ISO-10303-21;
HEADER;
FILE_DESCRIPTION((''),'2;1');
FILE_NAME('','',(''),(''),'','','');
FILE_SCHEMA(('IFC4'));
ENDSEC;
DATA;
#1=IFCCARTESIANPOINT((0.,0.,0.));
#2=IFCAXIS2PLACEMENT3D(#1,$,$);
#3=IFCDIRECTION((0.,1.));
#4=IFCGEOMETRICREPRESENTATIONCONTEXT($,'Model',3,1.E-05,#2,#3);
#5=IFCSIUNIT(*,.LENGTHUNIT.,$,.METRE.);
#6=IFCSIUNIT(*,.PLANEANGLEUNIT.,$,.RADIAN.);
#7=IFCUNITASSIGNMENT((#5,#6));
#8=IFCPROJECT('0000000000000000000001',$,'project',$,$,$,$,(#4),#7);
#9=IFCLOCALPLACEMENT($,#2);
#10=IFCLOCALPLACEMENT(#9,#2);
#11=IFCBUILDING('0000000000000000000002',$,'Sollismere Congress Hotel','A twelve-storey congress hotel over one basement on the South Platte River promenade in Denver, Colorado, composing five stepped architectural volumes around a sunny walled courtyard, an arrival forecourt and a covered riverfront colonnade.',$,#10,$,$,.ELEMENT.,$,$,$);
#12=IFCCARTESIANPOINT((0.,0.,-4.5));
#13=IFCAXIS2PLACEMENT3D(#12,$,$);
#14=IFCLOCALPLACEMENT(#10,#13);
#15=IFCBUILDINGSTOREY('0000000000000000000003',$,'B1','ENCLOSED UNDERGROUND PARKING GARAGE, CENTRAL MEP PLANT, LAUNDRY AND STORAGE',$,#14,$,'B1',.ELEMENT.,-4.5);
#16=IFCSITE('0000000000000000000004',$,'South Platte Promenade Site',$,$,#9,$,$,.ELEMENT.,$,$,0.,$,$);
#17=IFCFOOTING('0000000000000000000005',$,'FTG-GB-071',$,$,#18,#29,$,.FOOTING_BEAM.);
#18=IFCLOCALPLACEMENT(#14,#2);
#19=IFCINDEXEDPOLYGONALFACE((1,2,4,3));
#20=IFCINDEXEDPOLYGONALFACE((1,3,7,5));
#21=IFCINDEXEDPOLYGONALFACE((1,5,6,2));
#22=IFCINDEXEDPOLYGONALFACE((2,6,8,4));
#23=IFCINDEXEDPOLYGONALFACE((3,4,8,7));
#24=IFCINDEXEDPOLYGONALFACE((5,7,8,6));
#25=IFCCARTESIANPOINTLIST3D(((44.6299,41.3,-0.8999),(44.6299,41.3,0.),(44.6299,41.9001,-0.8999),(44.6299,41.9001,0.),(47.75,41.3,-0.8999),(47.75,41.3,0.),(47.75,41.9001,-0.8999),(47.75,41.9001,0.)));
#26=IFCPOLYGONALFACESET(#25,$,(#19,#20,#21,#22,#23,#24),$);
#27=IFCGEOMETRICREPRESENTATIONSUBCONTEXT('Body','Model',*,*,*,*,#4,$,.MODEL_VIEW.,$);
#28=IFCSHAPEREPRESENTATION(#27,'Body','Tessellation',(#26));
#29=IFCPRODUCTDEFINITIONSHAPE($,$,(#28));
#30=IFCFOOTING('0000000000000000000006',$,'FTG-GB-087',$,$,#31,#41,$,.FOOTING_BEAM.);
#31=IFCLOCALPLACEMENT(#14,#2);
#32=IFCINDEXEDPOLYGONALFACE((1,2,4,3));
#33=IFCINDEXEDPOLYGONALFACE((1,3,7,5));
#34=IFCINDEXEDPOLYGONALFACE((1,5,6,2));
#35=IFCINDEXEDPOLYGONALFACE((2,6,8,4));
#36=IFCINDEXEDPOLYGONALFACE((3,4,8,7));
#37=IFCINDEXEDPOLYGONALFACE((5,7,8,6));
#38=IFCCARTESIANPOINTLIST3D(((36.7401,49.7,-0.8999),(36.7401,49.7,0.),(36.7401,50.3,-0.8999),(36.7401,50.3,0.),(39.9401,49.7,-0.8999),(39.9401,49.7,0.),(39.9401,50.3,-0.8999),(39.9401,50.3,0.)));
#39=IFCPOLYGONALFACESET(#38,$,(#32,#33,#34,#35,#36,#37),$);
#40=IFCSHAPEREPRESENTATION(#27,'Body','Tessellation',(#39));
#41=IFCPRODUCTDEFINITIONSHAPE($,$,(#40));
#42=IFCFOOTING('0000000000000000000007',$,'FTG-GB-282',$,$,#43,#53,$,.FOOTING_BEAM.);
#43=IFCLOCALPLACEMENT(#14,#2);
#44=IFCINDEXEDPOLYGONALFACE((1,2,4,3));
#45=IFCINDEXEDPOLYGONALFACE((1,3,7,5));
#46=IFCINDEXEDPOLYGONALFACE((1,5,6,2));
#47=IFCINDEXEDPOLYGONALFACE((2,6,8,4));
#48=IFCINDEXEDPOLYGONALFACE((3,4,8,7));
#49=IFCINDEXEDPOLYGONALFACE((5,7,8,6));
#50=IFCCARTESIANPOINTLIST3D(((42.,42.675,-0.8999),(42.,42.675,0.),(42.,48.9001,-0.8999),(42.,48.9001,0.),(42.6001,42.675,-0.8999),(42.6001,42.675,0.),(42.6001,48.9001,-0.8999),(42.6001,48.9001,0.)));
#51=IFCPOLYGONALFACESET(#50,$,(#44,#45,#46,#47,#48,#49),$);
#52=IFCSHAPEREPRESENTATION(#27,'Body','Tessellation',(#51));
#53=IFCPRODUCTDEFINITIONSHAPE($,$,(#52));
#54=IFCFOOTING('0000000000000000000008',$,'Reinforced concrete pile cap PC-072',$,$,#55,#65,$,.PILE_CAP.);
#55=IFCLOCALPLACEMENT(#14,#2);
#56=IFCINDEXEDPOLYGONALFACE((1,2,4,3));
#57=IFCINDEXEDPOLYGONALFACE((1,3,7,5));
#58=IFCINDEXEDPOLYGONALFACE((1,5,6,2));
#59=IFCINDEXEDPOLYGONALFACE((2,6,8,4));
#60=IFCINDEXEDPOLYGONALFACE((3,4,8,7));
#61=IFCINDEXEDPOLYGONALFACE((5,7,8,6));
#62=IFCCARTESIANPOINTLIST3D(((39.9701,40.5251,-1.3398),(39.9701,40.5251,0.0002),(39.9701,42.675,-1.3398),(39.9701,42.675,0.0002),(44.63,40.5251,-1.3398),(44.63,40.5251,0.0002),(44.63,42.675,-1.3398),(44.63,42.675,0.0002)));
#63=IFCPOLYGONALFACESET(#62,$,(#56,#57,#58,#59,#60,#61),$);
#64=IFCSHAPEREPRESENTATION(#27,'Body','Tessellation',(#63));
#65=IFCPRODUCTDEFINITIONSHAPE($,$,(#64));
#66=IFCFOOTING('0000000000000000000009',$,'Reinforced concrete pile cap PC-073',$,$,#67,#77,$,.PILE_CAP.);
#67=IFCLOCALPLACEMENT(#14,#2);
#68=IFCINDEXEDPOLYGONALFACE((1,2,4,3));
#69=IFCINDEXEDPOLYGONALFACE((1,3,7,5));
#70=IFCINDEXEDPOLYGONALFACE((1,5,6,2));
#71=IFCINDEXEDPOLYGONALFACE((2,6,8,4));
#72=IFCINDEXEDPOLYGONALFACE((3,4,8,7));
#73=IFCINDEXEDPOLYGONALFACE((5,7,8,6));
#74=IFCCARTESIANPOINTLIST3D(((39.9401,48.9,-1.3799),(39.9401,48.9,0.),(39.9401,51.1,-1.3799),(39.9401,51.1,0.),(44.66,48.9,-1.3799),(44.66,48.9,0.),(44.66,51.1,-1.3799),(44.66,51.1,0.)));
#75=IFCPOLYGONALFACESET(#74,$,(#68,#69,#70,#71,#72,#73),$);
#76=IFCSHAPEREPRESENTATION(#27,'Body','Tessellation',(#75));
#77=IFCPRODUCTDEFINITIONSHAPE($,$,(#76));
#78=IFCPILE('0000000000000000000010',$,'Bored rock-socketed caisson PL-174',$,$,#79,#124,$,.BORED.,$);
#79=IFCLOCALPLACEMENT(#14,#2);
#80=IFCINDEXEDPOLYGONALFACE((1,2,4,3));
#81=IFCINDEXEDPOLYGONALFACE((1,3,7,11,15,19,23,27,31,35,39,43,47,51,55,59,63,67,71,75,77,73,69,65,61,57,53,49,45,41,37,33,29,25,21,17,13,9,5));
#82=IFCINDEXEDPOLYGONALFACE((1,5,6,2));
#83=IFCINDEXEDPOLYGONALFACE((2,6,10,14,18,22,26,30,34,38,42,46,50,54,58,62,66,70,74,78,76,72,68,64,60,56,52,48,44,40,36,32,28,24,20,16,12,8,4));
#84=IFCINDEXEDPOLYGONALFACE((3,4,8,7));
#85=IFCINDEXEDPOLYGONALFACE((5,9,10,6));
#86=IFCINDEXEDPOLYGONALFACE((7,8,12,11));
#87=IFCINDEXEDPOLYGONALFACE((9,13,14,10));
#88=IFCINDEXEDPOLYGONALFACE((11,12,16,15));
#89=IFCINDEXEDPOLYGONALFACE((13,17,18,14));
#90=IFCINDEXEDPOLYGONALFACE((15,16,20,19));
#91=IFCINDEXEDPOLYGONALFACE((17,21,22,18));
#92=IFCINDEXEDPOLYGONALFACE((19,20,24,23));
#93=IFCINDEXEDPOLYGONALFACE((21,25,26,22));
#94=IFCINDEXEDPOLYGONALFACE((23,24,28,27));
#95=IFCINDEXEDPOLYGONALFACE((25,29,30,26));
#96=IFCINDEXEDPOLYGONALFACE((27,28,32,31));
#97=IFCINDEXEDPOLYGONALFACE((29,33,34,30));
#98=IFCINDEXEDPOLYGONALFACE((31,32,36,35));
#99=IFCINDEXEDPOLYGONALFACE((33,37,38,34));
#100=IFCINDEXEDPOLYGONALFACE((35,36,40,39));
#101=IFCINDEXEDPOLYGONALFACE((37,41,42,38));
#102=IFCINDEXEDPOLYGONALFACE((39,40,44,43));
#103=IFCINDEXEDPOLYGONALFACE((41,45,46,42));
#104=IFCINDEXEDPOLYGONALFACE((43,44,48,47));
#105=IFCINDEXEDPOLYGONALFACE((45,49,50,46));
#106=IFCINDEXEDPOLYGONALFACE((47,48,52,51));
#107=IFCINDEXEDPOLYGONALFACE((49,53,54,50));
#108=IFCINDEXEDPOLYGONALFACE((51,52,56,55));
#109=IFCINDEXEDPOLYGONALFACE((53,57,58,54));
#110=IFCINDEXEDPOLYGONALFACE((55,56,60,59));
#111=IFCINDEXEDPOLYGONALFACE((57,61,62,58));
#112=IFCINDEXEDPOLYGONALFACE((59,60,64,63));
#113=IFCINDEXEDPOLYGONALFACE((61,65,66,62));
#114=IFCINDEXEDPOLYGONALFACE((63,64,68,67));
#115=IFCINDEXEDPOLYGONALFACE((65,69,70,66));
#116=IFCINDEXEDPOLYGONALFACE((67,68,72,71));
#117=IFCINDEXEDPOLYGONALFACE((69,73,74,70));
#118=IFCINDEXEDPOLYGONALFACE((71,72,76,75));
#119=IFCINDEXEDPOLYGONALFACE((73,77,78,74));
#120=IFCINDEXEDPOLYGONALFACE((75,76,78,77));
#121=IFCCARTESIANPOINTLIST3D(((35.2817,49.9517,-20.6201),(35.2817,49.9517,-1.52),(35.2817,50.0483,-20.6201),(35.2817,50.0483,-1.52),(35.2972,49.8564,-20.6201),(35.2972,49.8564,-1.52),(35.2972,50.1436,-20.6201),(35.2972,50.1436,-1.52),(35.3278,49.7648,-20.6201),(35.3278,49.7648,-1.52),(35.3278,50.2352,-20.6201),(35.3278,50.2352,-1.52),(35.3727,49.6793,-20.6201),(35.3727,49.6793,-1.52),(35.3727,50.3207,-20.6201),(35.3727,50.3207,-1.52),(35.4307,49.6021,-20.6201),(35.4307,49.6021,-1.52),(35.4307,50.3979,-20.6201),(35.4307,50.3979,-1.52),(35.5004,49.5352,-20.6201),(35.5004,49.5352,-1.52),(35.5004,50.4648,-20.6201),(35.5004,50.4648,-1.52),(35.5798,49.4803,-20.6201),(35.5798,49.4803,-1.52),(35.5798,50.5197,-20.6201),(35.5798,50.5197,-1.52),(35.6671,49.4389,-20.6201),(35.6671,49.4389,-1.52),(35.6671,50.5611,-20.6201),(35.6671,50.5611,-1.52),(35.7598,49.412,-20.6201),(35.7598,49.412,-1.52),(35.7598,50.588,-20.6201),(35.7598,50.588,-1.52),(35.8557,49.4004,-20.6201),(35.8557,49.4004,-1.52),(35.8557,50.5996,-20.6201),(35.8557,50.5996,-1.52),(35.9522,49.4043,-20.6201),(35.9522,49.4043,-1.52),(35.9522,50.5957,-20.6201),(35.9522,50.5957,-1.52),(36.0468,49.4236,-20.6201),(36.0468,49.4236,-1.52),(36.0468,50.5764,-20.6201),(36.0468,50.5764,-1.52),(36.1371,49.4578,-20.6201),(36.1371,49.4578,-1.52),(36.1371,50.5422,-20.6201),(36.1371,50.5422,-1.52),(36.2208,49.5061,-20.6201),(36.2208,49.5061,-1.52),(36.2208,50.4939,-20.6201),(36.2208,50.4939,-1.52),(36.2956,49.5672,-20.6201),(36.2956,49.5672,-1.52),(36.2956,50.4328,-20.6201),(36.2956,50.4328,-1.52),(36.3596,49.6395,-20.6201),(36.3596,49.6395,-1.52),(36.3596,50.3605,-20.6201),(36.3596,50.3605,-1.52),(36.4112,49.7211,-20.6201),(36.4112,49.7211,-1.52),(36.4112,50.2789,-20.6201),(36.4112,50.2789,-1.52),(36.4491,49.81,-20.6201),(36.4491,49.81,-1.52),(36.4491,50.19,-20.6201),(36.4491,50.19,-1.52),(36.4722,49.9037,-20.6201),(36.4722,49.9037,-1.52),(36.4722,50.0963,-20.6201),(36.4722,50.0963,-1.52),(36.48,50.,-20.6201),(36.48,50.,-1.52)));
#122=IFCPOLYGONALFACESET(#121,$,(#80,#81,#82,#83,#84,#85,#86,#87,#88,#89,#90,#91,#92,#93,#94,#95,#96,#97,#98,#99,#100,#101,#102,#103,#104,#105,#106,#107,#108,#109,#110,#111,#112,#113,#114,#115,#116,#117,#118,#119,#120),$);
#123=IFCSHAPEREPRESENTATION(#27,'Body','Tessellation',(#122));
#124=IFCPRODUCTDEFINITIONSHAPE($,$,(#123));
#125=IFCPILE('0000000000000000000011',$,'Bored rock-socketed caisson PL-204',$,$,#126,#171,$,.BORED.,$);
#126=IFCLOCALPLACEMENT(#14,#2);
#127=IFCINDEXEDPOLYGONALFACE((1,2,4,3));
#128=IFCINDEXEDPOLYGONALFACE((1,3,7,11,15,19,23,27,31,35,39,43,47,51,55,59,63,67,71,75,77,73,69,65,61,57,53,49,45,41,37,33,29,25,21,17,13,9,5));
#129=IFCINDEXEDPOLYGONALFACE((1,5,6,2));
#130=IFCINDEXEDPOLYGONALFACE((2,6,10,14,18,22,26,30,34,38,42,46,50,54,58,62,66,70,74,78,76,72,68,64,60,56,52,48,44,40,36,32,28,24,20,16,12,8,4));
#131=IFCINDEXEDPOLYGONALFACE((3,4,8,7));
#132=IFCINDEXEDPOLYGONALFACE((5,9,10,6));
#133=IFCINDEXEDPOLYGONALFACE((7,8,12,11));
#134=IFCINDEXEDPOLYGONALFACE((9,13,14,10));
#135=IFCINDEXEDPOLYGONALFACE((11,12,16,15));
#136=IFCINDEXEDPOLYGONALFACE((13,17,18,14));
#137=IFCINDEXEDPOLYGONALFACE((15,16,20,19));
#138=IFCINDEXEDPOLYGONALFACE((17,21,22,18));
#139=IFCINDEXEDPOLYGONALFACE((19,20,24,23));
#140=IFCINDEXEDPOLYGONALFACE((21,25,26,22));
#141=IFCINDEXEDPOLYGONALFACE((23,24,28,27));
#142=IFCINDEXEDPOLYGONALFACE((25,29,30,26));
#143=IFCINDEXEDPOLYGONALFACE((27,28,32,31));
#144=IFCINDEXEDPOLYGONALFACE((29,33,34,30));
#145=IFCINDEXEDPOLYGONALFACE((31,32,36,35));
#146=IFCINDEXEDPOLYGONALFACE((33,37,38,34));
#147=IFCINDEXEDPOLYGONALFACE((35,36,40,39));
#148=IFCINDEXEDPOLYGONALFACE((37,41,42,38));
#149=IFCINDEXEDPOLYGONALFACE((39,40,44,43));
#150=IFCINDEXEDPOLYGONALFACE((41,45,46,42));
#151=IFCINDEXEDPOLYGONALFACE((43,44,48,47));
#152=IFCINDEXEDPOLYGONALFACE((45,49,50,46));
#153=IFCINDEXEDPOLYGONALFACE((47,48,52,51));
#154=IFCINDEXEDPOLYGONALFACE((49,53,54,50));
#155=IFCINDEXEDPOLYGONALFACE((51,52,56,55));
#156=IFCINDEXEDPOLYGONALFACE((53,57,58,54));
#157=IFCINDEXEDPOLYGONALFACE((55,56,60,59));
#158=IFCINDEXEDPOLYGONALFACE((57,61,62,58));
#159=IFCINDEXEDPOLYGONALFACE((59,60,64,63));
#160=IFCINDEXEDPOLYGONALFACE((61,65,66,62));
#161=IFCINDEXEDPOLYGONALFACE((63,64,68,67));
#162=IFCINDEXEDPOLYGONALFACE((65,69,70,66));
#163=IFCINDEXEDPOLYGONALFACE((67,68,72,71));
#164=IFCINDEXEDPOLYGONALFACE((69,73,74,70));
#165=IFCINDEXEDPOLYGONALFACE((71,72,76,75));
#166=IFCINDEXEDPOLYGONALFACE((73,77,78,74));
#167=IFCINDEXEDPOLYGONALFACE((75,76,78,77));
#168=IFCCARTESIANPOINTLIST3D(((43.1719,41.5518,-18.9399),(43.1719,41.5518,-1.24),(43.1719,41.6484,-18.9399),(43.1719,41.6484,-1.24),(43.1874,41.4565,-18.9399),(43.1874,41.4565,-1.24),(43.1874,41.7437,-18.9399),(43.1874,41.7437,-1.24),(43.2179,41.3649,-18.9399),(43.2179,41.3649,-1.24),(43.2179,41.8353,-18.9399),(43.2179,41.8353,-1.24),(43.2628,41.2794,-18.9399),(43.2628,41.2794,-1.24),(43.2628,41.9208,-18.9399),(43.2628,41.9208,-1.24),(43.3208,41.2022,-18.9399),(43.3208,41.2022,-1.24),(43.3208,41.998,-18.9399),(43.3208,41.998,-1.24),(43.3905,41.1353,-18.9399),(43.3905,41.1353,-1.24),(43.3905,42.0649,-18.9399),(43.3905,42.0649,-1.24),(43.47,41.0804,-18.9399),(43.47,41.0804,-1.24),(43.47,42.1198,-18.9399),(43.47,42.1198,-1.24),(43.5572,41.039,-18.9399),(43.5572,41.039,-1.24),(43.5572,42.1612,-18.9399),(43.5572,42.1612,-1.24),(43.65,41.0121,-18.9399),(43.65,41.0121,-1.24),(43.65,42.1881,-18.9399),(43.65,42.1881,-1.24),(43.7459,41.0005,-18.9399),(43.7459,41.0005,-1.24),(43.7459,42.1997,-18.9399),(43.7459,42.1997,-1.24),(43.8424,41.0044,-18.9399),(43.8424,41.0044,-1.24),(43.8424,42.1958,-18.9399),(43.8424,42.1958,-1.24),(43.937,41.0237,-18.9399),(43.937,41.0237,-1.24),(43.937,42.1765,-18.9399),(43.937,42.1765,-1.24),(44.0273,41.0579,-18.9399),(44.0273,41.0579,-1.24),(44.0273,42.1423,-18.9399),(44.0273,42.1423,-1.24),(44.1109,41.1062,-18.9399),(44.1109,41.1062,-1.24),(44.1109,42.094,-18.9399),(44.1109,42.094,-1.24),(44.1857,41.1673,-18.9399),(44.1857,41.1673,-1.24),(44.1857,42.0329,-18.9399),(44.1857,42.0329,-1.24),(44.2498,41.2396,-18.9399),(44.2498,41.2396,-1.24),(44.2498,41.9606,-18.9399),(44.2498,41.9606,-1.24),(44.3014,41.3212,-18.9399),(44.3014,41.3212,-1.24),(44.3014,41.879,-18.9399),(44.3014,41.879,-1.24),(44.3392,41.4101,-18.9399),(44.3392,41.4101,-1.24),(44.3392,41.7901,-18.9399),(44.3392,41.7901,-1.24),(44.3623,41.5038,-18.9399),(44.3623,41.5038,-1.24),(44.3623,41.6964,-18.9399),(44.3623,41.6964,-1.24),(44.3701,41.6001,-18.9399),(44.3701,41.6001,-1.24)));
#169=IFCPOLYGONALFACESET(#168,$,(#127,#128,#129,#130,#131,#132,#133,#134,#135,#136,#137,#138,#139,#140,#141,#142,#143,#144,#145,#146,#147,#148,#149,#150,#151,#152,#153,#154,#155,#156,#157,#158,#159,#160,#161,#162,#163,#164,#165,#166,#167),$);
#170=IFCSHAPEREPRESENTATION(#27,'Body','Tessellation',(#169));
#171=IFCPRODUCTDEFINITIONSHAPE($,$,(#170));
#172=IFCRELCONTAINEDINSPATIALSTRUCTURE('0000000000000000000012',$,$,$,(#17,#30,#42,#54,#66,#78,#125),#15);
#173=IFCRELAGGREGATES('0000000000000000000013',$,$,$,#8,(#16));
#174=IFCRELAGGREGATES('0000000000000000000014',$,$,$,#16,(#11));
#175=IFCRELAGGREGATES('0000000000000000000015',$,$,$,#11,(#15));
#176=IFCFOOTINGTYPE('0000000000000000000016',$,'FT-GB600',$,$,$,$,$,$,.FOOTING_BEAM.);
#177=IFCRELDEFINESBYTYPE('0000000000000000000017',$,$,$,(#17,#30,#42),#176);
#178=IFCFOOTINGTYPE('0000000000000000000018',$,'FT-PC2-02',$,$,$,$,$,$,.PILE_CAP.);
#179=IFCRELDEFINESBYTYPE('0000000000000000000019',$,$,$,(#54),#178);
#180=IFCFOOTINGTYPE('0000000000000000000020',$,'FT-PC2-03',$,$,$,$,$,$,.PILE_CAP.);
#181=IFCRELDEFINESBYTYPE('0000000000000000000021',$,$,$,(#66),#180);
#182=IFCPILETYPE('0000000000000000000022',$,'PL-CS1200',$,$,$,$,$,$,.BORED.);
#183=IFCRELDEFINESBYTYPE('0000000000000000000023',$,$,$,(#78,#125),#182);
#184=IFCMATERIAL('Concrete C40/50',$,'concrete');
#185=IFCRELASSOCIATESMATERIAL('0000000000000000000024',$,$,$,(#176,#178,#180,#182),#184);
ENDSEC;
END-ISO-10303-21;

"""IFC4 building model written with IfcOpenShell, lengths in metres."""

from ifc_helpers import new_model, si_unit, direction, frame, origin, origin_2d, place, context, subcontext, project, spatial, rectangle, circle, extrude, material, material_profile, profile_set, type_object, element, save


model = new_model("IFC4")

# Units and contexts
model_context = context("Model", 3, precision=1e-05, world=origin(), true_north=direction((0.0, 1.0)))
body_context = subcontext(model_context, "Body", "Model", "MODEL_VIEW")
ifc_project = project(units=[si_unit("LENGTHUNIT", "METRE"), si_unit("PLANEANGLEUNIT", "RADIAN")], contexts=[model_context])

# Site, building, storey
site_placement = place(None, origin())
site = spatial("IfcSite", under=ifc_project, at=site_placement, Name="South Platte Promenade Site", CompositionType="ELEMENT", RefElevation=0.0)
building_placement = place(site_placement, origin())
building = spatial("IfcBuilding", under=site, at=building_placement, Name="Sollismere Congress Hotel", Description="A twelve-storey congress hotel over one basement on the South Platte River promenade in Denver, Colorado, composing five stepped architectural volumes around a sunny walled courtyard, an arrival forecourt and a covered riverfront colonnade.", CompositionType="ELEMENT")
storey_placement = place(building_placement, frame((0.0, 0.0, -4.5)))
storey = spatial("IfcBuildingStorey", under=building, at=storey_placement, Name="B1", Description="ENCLOSED UNDERGROUND PARKING GARAGE, CENTRAL MEP PLANT, LAUNDRY AND STORAGE", LongName="B1", CompositionType="ELEMENT", Elevation=-4.5)

# Footings
ifc_material_1 = material(Name="Concrete C40/50", Category="concrete")
footing_type_1 = type_object("IfcFootingType", Name="FT-GB600", PredefinedType="FOOTING_BEAM", material=ifc_material_1)
footing_1_placement = place(storey_placement, frame((46.1899, 41.6001, -0.8999), z_axis=(0.0, 0.0, 1.0), x_axis=(1.0, 0.0, 0.0)))
element("IfcFooting", 1, at=footing_1_placement, inside=storey, type_object=footing_type_1, Name="FTG-GB-071", PredefinedType="FOOTING_BEAM", context=body_context, shape_type="SweptSolid", body=[
    extrude(rectangle(XDim=3.1201, YDim=0.6001, at=origin_2d()), origin(), (0.0, 0.0, 1.0), 0.8999),
])
footing_2_placement = place(storey_placement, frame((38.3401, 50.0, -0.8999), z_axis=(0.0, 0.0, 1.0), x_axis=(1.0, 0.0, 0.0)))
element("IfcFooting", 2, at=footing_2_placement, inside=storey, type_object=footing_type_1, Name="FTG-GB-087", PredefinedType="FOOTING_BEAM", context=body_context, shape_type="SweptSolid", body=[
    extrude(rectangle(XDim=3.2, YDim=0.6001, at=origin_2d()), origin(), (0.0, 0.0, 1.0), 0.8999),
])
footing_3_placement = place(storey_placement, frame((42.3, 45.7876, -0.8999), z_axis=(0.0, 0.0, 1.0), x_axis=(0.0, 1.0, 0.0)))
element("IfcFooting", 3, at=footing_3_placement, inside=storey, type_object=footing_type_1, Name="FTG-GB-282", PredefinedType="FOOTING_BEAM", context=body_context, shape_type="SweptSolid", body=[
    extrude(rectangle(XDim=6.2251, YDim=0.6001, at=origin_2d()), origin(), (0.0, 0.0, 1.0), 0.8999),
])
footing_type_2 = type_object("IfcFootingType", Name="FT-PC2-02", PredefinedType="PILE_CAP", material=ifc_material_1)
footing_4_placement = place(storey_placement, frame((42.3, 41.6001, -1.3398), z_axis=(0.0, 0.0, 1.0), x_axis=(1.0, 0.0, 0.0)))
element("IfcFooting", 4, at=footing_4_placement, inside=storey, type_object=footing_type_2, Name="Reinforced concrete pile cap PC-072", PredefinedType="PILE_CAP", context=body_context, shape_type="SweptSolid", body=[
    extrude(rectangle(XDim=4.6599, YDim=2.1499, at=origin_2d()), origin(), (0.0, 0.0, 1.0), 1.3401),
])
footing_type_3 = type_object("IfcFootingType", Name="FT-PC2-03", PredefinedType="PILE_CAP", material=ifc_material_1)
footing_5_placement = place(storey_placement, frame((42.3, 50.0, -1.3799), z_axis=(0.0, 0.0, 1.0), x_axis=(1.0, 0.0, 0.0)))
element("IfcFooting", 5, at=footing_5_placement, inside=storey, type_object=footing_type_3, Name="Reinforced concrete pile cap PC-073", PredefinedType="PILE_CAP", context=body_context, shape_type="SweptSolid", body=[
    extrude(rectangle(XDim=4.72, YDim=2.2, at=origin_2d()), origin(), (0.0, 0.0, 1.0), 1.3799),
])

# Piles
ifc_material_profile_1 = material_profile(ifc_material_1, circle(Radius=0.6001, at=origin_2d()), Name="CAISSON1200")
ifc_profile_set_1 = profile_set([ifc_material_profile_1], Name="Concrete C40/50")
pile_type = type_object("IfcPileType", Name="PL-CS1200", PredefinedType="BORED", material=ifc_profile_set_1)
pile_1_placement = place(storey_placement, frame((35.8799, 50.0, -1.52), z_axis=(0.0, 0.0, -1.0), x_axis=(1.0, 0.0, 0.0)))
element("IfcPile", 6, at=pile_1_placement, inside=storey, type_object=pile_type, Name="Bored rock-socketed caisson PL-174", PredefinedType="BORED", context=body_context, shape_type="SweptSolid", body=[
    extrude(circle(Radius=0.6001, at=origin_2d()), origin(), (0.0, 0.0, 1.0), 19.1001),
])
pile_2_placement = place(storey_placement, frame((43.77, 41.6001, -1.24), z_axis=(0.0, 0.0, -1.0), x_axis=(1.0, 0.0, 0.0)))
element("IfcPile", 7, at=pile_2_placement, inside=storey, type_object=pile_type, Name="Bored rock-socketed caisson PL-204", PredefinedType="BORED", context=body_context, shape_type="SweptSolid", body=[
    extrude(circle(Radius=0.6001, at=origin_2d()), origin(), (0.0, 0.0, 1.0), 17.7),
])

save(model, "model.ifc")
